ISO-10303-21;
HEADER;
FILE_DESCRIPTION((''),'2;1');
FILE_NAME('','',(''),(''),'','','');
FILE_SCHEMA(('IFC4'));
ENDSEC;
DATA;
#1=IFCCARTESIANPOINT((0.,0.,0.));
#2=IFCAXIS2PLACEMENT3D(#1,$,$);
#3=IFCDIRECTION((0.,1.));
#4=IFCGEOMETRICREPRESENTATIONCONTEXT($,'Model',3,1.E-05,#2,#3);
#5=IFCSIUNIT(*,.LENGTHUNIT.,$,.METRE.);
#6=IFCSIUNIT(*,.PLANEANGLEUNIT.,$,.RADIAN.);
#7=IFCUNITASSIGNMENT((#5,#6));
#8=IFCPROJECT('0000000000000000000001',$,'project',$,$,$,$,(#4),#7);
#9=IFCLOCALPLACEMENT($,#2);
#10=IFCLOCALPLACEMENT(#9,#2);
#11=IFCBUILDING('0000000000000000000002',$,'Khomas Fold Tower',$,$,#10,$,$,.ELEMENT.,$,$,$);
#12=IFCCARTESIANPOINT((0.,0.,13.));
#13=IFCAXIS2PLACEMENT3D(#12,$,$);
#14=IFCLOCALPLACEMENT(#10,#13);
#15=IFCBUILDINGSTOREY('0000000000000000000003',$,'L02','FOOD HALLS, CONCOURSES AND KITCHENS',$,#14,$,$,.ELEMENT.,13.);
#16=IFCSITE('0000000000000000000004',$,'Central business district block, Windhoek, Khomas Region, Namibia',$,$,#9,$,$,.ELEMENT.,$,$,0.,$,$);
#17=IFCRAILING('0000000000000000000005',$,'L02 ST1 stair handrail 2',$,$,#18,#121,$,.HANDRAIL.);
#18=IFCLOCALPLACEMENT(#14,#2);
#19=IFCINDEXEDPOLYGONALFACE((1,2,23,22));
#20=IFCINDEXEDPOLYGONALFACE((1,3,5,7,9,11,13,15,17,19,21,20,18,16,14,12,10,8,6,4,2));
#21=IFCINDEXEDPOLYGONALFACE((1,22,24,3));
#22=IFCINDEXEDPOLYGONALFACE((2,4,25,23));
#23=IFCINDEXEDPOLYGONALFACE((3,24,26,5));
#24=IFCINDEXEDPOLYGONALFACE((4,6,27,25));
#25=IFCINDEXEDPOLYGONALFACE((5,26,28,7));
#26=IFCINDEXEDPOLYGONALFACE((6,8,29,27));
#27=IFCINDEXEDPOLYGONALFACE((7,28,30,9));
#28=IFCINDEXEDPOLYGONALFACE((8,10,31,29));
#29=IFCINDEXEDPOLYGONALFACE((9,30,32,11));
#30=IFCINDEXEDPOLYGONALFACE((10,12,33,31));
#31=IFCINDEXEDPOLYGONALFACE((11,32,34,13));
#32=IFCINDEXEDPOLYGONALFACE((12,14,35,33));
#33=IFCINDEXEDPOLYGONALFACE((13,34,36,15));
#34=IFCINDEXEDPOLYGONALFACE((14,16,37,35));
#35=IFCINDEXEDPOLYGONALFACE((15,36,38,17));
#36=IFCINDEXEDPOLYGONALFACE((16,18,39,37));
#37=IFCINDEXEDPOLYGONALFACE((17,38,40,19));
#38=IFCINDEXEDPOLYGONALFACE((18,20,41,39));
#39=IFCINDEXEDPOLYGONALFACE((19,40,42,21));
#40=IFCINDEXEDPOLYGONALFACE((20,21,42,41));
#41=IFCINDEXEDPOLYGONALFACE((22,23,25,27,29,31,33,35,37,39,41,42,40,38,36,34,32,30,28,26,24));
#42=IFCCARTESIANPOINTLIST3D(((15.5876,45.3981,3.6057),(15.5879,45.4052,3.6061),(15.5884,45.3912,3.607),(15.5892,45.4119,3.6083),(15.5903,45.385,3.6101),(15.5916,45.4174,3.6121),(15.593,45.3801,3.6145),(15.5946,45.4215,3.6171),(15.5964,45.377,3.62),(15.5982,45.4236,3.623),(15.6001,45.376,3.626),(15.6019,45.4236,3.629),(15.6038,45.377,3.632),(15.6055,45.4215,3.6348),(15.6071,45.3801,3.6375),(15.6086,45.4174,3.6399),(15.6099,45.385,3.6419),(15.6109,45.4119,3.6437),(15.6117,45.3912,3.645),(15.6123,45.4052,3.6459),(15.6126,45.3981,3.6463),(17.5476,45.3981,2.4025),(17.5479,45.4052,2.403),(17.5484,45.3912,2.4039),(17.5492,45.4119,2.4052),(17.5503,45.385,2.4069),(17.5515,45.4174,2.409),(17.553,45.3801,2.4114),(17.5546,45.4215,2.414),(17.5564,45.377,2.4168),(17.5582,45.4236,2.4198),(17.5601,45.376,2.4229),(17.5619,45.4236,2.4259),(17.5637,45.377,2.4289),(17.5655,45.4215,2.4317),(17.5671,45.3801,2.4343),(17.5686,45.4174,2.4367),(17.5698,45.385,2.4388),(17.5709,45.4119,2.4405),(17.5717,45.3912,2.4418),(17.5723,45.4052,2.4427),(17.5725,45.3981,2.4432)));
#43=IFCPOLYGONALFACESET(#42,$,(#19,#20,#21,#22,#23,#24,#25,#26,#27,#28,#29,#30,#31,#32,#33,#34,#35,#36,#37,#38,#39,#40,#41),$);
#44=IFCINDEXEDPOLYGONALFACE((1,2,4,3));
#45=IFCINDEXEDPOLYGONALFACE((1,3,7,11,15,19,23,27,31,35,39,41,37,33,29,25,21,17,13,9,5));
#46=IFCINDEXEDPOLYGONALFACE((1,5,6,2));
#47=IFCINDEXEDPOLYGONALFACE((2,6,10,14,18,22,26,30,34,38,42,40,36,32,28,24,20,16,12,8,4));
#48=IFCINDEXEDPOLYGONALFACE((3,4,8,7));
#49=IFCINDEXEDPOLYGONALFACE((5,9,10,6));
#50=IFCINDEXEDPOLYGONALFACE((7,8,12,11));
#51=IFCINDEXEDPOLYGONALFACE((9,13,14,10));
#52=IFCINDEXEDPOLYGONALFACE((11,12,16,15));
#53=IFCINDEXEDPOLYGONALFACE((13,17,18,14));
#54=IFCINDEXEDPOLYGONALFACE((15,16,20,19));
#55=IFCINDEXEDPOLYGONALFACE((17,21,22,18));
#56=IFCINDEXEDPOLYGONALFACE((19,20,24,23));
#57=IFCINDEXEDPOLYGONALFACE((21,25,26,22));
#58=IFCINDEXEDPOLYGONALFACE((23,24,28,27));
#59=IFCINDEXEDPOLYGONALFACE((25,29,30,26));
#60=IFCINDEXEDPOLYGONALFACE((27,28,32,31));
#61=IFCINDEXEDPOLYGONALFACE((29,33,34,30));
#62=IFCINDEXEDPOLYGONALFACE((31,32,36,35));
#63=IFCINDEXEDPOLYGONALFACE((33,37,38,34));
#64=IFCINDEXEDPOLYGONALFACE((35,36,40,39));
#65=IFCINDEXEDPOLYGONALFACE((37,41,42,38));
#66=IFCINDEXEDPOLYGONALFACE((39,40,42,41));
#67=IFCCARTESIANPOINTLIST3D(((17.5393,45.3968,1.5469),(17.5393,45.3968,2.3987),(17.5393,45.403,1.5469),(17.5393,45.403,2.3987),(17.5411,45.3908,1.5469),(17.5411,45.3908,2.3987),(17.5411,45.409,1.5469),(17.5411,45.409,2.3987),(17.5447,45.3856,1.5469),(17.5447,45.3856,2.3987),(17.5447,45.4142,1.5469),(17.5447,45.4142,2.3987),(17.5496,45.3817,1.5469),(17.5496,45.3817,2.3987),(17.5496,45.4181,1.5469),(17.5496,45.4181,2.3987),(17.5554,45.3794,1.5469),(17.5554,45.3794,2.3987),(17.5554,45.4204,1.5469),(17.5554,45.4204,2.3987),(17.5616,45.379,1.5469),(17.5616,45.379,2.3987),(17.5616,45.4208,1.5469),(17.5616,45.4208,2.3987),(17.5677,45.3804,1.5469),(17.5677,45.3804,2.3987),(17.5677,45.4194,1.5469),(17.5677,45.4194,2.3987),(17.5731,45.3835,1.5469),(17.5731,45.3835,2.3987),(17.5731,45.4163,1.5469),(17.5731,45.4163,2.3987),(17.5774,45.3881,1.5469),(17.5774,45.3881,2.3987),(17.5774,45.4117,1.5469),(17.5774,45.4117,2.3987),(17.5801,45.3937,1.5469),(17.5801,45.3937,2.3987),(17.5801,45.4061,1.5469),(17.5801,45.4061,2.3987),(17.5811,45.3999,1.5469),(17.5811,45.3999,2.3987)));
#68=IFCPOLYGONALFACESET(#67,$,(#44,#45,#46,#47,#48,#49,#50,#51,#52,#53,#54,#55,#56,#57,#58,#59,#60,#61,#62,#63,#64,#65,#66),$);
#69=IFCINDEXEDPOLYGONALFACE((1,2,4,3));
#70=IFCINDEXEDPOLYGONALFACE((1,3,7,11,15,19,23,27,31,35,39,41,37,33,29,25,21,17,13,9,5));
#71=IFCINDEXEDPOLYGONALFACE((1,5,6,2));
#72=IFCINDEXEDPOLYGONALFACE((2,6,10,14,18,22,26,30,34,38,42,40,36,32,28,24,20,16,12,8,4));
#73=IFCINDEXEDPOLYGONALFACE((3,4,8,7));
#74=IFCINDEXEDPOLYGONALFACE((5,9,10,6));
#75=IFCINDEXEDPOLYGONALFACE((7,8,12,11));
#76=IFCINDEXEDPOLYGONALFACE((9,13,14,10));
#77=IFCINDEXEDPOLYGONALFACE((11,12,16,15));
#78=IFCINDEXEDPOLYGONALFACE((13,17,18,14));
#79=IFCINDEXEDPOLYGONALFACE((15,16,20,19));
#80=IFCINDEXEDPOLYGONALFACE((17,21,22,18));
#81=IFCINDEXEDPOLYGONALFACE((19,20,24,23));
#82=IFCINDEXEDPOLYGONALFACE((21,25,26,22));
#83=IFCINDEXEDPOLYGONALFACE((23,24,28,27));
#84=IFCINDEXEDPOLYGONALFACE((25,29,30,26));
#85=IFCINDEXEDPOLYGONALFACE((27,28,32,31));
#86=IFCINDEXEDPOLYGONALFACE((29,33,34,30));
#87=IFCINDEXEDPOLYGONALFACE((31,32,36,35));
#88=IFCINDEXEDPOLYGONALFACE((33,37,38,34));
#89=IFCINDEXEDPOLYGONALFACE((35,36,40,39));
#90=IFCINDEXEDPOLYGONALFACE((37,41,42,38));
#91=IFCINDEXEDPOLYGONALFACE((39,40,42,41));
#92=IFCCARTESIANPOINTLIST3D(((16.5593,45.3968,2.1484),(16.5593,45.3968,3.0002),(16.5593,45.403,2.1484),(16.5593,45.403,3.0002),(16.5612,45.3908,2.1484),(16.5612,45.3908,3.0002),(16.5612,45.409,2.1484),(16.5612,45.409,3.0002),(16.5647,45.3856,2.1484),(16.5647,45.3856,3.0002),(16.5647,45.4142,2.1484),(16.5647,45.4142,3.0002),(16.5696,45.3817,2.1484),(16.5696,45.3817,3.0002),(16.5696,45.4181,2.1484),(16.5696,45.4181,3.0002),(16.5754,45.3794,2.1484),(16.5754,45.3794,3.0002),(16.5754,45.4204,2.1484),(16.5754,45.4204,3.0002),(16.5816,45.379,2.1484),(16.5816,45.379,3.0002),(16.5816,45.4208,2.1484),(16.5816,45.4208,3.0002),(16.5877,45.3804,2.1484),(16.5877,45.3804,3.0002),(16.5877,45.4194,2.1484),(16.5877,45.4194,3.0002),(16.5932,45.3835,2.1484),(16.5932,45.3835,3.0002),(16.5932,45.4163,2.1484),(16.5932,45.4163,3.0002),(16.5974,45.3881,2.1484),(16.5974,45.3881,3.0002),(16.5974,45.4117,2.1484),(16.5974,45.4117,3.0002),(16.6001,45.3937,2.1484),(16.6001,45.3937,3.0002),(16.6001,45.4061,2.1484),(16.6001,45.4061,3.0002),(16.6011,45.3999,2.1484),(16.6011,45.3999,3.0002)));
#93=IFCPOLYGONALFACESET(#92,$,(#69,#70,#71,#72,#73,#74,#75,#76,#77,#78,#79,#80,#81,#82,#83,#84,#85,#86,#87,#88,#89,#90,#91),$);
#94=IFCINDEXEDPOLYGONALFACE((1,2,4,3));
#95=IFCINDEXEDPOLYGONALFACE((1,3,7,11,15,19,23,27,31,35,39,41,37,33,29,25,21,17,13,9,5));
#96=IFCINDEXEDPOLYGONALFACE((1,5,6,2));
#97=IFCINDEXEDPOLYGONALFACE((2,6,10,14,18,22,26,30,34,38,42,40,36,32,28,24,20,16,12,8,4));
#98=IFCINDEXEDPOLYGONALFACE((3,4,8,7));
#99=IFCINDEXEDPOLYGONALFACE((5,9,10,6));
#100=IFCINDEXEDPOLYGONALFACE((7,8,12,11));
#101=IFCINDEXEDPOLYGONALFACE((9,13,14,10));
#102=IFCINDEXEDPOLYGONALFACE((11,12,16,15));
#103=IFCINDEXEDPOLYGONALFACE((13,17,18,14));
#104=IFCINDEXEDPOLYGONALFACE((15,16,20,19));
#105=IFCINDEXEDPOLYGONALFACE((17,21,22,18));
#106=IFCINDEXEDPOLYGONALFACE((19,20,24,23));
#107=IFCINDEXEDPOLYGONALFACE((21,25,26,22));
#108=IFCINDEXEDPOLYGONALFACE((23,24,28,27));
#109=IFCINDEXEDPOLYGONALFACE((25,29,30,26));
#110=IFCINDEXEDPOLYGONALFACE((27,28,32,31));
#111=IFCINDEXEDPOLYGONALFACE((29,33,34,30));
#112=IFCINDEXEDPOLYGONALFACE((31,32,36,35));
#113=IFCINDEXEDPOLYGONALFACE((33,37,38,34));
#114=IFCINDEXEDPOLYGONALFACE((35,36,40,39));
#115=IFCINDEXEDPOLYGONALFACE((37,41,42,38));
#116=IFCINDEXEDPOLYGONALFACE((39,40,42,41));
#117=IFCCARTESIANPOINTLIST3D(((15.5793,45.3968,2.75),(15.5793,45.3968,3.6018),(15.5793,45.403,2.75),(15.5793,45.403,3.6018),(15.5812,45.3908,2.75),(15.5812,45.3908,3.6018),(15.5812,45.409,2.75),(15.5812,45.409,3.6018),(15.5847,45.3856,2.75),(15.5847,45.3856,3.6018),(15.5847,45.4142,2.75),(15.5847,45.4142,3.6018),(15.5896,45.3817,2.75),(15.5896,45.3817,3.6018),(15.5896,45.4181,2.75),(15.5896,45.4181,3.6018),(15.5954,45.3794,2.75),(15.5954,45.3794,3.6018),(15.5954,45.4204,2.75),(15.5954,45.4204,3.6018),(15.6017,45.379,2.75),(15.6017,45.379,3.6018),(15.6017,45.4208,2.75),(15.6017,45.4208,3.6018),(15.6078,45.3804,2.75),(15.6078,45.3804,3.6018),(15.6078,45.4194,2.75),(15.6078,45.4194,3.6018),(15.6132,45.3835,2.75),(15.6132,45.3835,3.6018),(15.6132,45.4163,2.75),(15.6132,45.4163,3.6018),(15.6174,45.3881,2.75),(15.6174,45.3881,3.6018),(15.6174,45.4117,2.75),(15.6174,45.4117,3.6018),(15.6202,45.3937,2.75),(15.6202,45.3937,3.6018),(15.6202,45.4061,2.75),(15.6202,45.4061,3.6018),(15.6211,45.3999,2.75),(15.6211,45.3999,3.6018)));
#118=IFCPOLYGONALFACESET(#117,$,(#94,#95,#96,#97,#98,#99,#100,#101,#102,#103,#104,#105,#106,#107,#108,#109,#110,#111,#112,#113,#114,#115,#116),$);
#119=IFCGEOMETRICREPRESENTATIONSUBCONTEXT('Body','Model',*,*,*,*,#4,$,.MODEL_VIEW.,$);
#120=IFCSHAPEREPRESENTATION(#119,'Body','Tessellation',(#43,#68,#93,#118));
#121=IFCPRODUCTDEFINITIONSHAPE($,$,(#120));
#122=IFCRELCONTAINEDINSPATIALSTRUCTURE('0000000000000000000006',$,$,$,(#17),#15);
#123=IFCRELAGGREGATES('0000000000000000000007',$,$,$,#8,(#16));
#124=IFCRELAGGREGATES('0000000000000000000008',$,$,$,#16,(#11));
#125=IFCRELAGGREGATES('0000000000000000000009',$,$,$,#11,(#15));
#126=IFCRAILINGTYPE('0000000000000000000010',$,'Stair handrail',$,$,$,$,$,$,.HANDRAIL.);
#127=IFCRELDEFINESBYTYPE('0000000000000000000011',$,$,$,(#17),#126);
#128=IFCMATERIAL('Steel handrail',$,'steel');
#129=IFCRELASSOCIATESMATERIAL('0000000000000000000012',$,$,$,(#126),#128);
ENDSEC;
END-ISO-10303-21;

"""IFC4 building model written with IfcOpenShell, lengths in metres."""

from ifc_helpers import new_model, si_unit, direction, frame, origin, origin_2d, place, context, subcontext, project, spatial, circle, extrude, source, transform, mapped, material, type_object, element, save


model = new_model("IFC4")

# Units and contexts
model_context = context("Model", 3, precision=1e-05, world=origin(), true_north=direction((0.0, 1.0)))
body_context = subcontext(model_context, "Body", "Model", "MODEL_VIEW")
ifc_project = project(units=[si_unit("LENGTHUNIT", "METRE"), si_unit("PLANEANGLEUNIT", "RADIAN")], contexts=[model_context])

# Site, building, storey
site_placement = place(None, origin())
site = spatial("IfcSite", under=ifc_project, at=site_placement, Name="Central business district block, Windhoek, Khomas Region, Namibia", CompositionType="ELEMENT", RefElevation=0.0)
building_placement = place(site_placement, origin())
building = spatial("IfcBuilding", under=site, at=building_placement, Name="Khomas Fold Tower", CompositionType="ELEMENT")
storey_placement = place(building_placement, frame((0.0, 0.0, 13.0)))
storey = spatial("IfcBuildingStorey", under=building, at=storey_placement, Name="L02", Description="FOOD HALLS, CONCOURSES AND KITCHENS", CompositionType="ELEMENT", Elevation=13.0)

# Railing
ifc_material_1 = material(Name="Steel handrail", Category="steel")
railing_type_1 = type_object("IfcRailingType", Name="Stair handrail", PredefinedType="HANDRAIL", material=ifc_material_1)
shared_shape_1 = source(origin(), body_context, "Body", "SweptSolid", [
    extrude(circle(Radius=0.0239, at=origin_2d()), frame((0.0, 0.0, 0.876), z_axis=(-0.852241, 0.0, 0.523149), x_axis=(0.0, -1.0, 0.0)), (0.0, 0.0, 1.0), 2.2998),
    extrude(circle(Radius=0.021, at=origin_2d()), origin(), (0.0, 0.0, 1.0), 0.8518),
    extrude(circle(Radius=0.021, at=origin_2d()), frame((-0.98, 0.0, 0.6016)), (0.0, 0.0, 1.0), 0.8518),
    extrude(circle(Radius=0.021, at=origin_2d()), frame((-1.96, 0.0, 1.2031)), (0.0, 0.0, 1.0), 0.8518),
])
for number, where, name in (
    (1, (17.5601, 45.3999, 1.5469), "L02 ST1 stair handrail 2"),
):
    element("IfcRailing", number, at=place(storey_placement, frame(where)), inside=storey, type_object=railing_type_1, Name=name, PredefinedType="HANDRAIL", context=body_context, shape_type="MappedRepresentation", body=[
        mapped(shared_shape_1, transform((0.0, 0.0, 0.0))),
    ])

save(model, "model.ifc")
